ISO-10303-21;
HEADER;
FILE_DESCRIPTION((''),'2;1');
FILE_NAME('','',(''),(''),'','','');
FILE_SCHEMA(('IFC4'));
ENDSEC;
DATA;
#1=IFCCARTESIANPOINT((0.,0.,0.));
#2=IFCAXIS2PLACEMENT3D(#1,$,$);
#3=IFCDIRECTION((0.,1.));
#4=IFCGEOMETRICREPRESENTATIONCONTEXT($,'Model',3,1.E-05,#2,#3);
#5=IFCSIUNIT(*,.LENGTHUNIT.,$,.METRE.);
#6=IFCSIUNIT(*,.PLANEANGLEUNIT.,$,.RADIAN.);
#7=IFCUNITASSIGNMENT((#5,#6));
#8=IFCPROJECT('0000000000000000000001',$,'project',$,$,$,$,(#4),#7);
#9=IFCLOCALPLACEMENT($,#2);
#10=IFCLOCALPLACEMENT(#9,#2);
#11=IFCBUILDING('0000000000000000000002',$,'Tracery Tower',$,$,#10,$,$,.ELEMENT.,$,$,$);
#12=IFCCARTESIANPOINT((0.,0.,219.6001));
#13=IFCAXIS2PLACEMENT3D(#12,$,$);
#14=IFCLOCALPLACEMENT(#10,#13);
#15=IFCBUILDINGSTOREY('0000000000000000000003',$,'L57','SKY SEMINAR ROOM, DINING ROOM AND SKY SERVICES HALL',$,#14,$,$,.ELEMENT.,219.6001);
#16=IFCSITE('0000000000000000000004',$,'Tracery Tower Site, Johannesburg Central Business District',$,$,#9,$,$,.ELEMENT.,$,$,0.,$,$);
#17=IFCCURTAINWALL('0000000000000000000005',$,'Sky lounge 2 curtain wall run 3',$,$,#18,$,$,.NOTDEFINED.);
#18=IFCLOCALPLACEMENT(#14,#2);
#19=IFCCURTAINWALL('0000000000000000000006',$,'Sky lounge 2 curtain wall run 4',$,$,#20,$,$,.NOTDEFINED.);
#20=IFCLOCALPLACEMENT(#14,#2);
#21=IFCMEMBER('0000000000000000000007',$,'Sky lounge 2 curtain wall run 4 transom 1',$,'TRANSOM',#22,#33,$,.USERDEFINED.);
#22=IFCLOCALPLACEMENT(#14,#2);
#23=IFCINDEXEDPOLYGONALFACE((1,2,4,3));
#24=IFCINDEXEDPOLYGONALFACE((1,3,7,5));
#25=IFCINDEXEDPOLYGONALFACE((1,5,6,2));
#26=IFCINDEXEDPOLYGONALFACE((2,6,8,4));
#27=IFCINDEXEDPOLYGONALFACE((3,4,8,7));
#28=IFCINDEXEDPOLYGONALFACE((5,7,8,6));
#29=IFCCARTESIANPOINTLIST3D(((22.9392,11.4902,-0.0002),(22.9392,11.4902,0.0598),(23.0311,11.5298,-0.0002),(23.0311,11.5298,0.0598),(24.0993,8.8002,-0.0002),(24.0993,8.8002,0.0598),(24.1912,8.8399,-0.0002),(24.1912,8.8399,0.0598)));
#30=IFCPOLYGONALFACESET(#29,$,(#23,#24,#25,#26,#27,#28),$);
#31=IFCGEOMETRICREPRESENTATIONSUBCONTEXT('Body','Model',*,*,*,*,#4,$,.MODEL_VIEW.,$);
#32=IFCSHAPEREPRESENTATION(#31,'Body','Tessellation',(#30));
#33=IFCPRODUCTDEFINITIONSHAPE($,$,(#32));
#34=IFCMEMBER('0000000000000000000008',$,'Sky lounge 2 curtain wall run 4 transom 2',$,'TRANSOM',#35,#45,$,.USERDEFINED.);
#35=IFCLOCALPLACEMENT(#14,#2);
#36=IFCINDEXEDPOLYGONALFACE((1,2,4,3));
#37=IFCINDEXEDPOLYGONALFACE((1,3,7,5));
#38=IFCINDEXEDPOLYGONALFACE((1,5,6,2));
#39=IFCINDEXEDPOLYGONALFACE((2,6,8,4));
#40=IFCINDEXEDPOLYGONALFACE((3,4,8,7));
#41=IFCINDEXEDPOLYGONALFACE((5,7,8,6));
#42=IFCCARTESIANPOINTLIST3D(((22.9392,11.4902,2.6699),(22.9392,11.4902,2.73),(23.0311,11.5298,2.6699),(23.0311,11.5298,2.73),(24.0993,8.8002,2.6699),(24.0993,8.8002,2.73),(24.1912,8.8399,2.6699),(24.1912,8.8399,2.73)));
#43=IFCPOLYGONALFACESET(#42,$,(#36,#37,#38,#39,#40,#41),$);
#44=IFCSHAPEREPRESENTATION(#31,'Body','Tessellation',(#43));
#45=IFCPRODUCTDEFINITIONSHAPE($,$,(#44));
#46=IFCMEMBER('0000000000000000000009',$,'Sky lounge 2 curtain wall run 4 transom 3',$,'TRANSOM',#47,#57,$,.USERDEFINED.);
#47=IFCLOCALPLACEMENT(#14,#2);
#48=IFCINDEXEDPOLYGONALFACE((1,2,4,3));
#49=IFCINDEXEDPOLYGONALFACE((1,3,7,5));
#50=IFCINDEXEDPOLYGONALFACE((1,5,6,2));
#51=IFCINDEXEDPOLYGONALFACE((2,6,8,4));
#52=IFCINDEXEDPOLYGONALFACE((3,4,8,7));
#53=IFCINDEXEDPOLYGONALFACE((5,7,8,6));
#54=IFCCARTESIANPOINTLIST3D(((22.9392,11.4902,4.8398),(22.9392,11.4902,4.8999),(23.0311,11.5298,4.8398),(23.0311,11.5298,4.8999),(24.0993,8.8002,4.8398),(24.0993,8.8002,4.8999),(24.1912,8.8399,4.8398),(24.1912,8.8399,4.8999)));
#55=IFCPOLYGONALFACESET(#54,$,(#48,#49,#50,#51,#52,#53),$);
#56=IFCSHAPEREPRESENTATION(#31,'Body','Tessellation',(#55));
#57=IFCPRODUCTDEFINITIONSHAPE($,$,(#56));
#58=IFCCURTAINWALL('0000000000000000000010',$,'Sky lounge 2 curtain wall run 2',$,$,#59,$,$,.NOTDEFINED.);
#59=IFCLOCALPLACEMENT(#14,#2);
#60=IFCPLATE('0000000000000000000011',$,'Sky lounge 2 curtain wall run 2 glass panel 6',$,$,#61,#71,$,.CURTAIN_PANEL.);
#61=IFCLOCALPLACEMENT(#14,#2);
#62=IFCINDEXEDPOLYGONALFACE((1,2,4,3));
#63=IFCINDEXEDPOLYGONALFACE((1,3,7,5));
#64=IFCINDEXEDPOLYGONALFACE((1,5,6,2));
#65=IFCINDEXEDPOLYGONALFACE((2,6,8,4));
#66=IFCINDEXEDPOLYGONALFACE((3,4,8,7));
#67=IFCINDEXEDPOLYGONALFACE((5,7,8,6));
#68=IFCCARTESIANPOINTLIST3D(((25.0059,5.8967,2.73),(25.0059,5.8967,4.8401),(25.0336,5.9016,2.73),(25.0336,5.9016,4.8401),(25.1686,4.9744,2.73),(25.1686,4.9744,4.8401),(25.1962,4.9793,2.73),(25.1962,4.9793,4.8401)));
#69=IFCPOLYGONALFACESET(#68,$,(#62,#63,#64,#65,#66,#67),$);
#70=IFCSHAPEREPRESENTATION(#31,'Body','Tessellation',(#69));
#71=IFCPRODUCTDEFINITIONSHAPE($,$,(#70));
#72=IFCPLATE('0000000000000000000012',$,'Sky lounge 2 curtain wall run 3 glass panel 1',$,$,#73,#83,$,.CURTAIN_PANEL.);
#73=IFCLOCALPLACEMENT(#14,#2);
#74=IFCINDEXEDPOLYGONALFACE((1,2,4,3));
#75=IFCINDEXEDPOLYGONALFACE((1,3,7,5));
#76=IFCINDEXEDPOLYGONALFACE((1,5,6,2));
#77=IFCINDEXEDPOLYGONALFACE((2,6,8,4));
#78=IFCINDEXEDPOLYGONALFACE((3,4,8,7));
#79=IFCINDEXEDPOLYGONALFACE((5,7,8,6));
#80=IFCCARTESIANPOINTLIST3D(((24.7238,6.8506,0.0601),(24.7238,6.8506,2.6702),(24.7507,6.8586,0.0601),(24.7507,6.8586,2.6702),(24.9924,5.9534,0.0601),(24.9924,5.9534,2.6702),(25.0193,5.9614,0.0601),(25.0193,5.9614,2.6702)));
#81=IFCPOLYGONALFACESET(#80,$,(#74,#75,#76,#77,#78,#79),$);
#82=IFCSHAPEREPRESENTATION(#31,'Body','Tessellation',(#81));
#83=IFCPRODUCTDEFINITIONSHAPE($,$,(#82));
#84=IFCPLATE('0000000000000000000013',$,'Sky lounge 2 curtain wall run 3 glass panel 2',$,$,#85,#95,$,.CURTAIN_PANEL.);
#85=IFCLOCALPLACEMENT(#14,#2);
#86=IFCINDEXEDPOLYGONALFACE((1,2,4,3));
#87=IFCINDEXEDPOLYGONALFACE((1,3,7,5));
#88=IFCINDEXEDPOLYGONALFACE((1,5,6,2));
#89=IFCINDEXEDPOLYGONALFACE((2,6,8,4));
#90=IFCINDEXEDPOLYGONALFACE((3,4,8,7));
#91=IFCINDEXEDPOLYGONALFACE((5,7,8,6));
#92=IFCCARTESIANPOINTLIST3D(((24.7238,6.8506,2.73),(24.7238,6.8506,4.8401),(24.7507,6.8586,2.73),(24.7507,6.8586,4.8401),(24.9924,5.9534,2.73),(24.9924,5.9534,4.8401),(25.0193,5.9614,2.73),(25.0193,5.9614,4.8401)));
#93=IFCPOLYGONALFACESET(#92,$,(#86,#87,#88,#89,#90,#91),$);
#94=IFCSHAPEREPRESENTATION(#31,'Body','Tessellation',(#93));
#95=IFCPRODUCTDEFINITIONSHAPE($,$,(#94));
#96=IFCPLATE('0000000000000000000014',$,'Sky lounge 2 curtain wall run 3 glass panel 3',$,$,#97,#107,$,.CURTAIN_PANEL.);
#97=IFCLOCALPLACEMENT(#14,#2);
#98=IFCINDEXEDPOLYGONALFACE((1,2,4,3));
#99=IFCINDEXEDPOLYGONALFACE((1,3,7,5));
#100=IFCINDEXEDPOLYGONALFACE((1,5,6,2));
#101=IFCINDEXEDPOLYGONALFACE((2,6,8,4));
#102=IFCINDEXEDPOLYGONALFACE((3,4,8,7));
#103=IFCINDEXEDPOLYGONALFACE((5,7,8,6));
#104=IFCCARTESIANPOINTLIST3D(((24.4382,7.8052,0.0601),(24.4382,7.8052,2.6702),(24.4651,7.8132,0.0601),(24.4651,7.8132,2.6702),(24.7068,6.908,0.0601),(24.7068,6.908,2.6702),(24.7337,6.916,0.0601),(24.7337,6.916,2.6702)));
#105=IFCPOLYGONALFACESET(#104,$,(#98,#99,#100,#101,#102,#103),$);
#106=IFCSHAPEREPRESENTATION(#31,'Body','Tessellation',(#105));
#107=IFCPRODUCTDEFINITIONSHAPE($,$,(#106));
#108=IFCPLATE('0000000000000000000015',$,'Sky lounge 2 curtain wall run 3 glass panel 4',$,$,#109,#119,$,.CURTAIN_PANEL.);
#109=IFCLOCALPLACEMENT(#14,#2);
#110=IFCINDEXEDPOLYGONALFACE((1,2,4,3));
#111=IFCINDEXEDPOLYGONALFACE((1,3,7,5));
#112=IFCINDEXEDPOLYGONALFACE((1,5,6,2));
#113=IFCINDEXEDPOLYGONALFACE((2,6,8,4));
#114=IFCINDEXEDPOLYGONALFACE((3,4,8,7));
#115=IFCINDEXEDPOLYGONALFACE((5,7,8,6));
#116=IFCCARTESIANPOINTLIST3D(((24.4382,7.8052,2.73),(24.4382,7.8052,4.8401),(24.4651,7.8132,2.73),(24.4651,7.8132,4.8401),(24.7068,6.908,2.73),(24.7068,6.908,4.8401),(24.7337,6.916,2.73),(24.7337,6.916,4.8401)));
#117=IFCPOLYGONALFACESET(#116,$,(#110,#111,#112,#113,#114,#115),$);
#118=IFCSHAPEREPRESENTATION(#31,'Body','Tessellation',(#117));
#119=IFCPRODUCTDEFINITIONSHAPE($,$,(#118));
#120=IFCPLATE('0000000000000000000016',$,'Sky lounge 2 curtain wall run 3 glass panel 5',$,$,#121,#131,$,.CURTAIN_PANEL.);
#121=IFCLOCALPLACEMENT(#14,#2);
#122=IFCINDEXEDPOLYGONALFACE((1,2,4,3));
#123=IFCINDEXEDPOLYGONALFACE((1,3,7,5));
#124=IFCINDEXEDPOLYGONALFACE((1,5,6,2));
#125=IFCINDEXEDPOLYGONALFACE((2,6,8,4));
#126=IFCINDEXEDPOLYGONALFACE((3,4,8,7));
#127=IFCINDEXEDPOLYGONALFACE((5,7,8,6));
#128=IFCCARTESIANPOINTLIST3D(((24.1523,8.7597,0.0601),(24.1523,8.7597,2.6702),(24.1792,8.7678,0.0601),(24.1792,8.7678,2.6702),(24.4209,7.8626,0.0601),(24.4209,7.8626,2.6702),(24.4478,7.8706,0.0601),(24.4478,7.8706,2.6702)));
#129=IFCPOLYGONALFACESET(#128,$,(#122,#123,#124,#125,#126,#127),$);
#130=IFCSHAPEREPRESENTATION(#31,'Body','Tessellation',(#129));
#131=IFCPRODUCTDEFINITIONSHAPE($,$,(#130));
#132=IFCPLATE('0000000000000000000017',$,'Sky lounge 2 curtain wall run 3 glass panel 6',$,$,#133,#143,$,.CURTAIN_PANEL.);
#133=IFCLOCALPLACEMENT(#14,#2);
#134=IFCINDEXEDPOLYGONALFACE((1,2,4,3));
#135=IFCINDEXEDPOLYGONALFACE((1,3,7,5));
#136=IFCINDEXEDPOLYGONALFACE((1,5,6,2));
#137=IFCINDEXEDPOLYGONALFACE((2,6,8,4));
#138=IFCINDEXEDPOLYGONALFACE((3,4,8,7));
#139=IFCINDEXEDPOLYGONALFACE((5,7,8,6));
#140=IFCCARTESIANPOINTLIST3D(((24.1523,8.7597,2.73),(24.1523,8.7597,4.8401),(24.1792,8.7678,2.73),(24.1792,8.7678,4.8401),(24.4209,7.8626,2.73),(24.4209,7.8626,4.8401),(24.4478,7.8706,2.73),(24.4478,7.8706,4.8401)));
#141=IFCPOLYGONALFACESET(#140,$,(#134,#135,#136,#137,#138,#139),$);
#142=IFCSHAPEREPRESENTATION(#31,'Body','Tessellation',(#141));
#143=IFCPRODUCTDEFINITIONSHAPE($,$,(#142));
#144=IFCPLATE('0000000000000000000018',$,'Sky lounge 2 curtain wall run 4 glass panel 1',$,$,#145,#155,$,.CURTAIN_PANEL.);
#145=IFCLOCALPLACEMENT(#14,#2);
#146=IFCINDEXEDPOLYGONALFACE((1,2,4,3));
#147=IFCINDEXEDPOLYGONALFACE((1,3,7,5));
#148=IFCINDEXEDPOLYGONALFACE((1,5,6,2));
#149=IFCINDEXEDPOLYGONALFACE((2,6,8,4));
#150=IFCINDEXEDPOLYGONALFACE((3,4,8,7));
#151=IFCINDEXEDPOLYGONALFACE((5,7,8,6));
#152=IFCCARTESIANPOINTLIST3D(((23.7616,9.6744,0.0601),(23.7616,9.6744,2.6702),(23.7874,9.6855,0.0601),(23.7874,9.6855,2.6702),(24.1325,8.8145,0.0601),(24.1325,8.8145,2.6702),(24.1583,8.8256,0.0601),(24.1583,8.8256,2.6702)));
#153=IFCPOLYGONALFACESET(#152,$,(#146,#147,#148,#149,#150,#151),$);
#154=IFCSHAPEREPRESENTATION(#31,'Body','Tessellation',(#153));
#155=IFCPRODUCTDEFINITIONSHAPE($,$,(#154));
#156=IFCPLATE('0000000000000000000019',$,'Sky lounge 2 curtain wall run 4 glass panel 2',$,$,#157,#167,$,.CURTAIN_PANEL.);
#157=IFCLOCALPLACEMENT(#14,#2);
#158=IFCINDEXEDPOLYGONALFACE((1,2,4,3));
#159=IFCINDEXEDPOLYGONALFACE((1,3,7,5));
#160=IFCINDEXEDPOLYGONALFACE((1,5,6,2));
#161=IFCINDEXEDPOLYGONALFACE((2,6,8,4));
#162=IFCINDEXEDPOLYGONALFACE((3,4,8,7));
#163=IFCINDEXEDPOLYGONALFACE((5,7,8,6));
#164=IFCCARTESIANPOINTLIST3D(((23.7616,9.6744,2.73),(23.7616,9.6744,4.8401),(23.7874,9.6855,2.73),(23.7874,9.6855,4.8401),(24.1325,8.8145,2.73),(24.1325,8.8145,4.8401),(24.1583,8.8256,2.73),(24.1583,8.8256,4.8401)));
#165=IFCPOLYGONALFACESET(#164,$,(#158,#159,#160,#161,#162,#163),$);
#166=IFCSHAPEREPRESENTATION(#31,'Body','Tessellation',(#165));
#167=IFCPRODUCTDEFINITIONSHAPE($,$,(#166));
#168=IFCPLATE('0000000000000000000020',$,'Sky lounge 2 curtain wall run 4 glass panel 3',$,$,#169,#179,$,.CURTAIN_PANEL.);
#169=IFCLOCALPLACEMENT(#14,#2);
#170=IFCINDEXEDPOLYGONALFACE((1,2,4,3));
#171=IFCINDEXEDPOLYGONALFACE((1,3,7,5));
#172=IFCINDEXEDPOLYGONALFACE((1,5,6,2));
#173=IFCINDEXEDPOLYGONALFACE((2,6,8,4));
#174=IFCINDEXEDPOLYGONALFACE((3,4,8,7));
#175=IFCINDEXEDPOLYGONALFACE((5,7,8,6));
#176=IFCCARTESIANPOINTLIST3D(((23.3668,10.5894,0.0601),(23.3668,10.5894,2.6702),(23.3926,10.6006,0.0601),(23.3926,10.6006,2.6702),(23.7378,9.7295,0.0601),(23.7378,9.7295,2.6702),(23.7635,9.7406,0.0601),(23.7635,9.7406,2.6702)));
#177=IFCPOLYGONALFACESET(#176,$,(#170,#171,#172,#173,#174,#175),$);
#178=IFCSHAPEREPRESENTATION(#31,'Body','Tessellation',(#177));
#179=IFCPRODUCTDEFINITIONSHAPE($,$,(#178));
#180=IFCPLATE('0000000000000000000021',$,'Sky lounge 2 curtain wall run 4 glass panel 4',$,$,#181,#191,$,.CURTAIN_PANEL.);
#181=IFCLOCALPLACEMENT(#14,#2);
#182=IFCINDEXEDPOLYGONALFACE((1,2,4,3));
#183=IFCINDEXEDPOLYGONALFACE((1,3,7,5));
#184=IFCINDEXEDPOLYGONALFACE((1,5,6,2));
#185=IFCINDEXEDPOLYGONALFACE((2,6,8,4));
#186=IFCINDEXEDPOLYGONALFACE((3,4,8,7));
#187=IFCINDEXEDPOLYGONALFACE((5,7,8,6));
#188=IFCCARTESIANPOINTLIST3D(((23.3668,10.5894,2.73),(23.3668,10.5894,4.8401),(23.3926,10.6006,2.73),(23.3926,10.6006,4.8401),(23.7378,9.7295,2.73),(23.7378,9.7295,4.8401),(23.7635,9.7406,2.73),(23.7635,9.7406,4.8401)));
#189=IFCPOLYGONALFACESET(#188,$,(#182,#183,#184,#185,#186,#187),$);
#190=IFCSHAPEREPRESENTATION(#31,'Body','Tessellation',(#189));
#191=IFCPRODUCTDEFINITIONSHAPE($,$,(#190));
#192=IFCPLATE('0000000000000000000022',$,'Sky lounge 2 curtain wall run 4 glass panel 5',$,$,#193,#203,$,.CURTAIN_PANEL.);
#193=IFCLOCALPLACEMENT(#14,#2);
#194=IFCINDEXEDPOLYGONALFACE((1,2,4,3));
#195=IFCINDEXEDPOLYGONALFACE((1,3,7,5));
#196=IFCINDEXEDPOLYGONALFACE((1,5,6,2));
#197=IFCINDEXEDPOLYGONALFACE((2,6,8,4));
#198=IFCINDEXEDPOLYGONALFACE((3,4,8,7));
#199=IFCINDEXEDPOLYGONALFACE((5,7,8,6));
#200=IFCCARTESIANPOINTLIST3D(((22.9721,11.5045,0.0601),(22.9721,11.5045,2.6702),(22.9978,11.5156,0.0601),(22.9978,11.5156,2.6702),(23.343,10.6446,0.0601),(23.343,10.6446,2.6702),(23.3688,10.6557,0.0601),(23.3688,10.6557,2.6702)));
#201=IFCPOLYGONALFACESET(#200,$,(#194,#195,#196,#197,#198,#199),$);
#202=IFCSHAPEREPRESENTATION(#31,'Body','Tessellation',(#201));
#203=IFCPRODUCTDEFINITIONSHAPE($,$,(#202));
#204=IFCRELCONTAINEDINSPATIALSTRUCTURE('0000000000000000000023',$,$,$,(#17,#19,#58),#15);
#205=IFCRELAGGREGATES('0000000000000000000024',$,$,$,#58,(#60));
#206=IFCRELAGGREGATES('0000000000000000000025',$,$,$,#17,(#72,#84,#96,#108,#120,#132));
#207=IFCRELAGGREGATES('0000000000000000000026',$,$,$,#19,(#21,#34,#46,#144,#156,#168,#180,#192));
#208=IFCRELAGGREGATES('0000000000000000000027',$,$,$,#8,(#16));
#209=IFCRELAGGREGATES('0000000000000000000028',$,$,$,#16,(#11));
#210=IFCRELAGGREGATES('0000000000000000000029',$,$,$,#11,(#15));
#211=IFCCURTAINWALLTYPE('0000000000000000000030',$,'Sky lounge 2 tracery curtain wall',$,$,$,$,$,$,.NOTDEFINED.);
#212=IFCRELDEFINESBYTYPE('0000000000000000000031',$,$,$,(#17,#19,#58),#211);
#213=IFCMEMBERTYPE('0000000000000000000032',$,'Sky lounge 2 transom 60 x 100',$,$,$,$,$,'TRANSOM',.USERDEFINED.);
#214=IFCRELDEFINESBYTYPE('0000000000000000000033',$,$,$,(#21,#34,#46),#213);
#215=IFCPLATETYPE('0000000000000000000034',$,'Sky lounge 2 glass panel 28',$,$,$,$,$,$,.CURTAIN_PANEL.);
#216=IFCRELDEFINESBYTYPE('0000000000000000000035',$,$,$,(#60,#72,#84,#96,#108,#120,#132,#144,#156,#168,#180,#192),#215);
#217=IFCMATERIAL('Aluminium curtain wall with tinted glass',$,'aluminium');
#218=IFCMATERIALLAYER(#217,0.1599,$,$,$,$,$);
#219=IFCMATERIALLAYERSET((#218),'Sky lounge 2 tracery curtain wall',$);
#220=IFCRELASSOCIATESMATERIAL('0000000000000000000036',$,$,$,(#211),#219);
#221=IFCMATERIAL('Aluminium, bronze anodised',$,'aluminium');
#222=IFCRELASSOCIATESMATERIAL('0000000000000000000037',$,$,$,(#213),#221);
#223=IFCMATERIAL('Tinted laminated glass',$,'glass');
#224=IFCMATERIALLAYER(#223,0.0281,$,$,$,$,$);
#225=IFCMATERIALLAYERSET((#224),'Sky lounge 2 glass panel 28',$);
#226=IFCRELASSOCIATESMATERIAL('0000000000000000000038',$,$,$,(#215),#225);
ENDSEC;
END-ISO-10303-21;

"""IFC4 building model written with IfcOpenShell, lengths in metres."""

from ifc_helpers import new_model, si_unit, direction, frame, origin, origin_2d, place, context, subcontext, project, spatial, rectangle, extrude, material, layer, layer_set, material_profile, profile_set, type_object, element, aggregate, save


model = new_model("IFC4")

# Units and contexts
model_context = context("Model", 3, precision=1e-05, world=origin(), true_north=direction((0.0, 1.0)))
body_context = subcontext(model_context, "Body", "Model", "MODEL_VIEW")
ifc_project = project(units=[si_unit("LENGTHUNIT", "METRE"), si_unit("PLANEANGLEUNIT", "RADIAN")], contexts=[model_context])

# Site, building, storey
site_placement = place(None, origin())
site = spatial("IfcSite", under=ifc_project, at=site_placement, Name="Tracery Tower Site, Johannesburg Central Business District", CompositionType="ELEMENT", RefElevation=0.0)
building_placement = place(site_placement, origin())
building = spatial("IfcBuilding", under=site, at=building_placement, Name="Tracery Tower", CompositionType="ELEMENT")
storey_placement = place(building_placement, frame((0.0, 0.0, 219.6001)))
storey = spatial("IfcBuildingStorey", under=building, at=storey_placement, Name="L57", Description="SKY SEMINAR ROOM, DINING ROOM AND SKY SERVICES HALL", CompositionType="ELEMENT", Elevation=219.6001)

# Curtain walls
ifc_material_1 = material(Name="Aluminium curtain wall with tinted glass", Category="aluminium")
ifc_layer_1 = layer(ifc_material_1, 0.1599)
ifc_layer_set_1 = layer_set([ifc_layer_1], Name="Sky lounge 2 tracery curtain wall")
curtain_wall_type = type_object("IfcCurtainWallType", Name="Sky lounge 2 tracery curtain wall", PredefinedType="NOTDEFINED", material=ifc_layer_set_1)
curtain_wall_1_placement = place(storey_placement, origin())
curtain_wall_1 = element("IfcCurtainWall", 1, at=curtain_wall_1_placement, inside=storey, type_object=curtain_wall_type, Name="Sky lounge 2 curtain wall run 3", PredefinedType="NOTDEFINED")
curtain_wall_2_placement = place(storey_placement, origin())
curtain_wall_2 = element("IfcCurtainWall", 2, at=curtain_wall_2_placement, inside=storey, type_object=curtain_wall_type, Name="Sky lounge 2 curtain wall run 4", PredefinedType="NOTDEFINED")

# Members
ifc_material_2 = material(Name="Aluminium, bronze anodised", Category="aluminium")
ifc_material_profile_1 = material_profile(ifc_material_2, rectangle(XDim=0.1001, YDim=0.0601, at=origin_2d()), Name="AL 60x100")
ifc_profile_set_1 = profile_set([ifc_material_profile_1], Name="Aluminium, bronze anodised")
member_type_1 = type_object("IfcMemberType", Name="Sky lounge 2 transom 60 x 100", ElementType="TRANSOM", PredefinedType="USERDEFINED", material=ifc_profile_set_1)
member_1_placement = place(storey_placement, frame((24.1453, 8.8201, 0.0298), z_axis=(-0.39603, 0.918237, 0.0), x_axis=(-0.918237, -0.39603, 0.0)))
member_1 = element("IfcMember", 3, at=member_1_placement, type_object=member_type_1, Name="Sky lounge 2 curtain wall run 4 transom 1", ObjectType="TRANSOM", PredefinedType="USERDEFINED", context=body_context, shape_type="SweptSolid", body=[
    extrude(rectangle(XDim=0.1001, YDim=0.0601, at=origin_2d()), origin(), (0.0, 0.0, 1.0), 2.9294),
])
member_2_placement = place(storey_placement, frame((24.1453, 8.8201, 2.7), z_axis=(-0.39603, 0.918237, 0.0), x_axis=(-0.918237, -0.39603, 0.0)))
member_2 = element("IfcMember", 4, at=member_2_placement, type_object=member_type_1, Name="Sky lounge 2 curtain wall run 4 transom 2", ObjectType="TRANSOM", PredefinedType="USERDEFINED", context=body_context, shape_type="SweptSolid", body=[
    extrude(rectangle(XDim=0.1001, YDim=0.0601, at=origin_2d()), origin(), (0.0, 0.0, 1.0), 2.9294),
])
member_3_placement = place(storey_placement, frame((24.1453, 8.8201, 4.8699), z_axis=(-0.39603, 0.918237, 0.0), x_axis=(-0.918237, -0.39603, 0.0)))
member_3 = element("IfcMember", 5, at=member_3_placement, type_object=member_type_1, Name="Sky lounge 2 curtain wall run 4 transom 3", ObjectType="TRANSOM", PredefinedType="USERDEFINED", context=body_context, shape_type="SweptSolid", body=[
    extrude(rectangle(XDim=0.1001, YDim=0.0601, at=origin_2d()), origin(), (0.0, 0.0, 1.0), 2.9294),
])

# Curtain wall, plate
curtain_wall_3_placement = place(storey_placement, origin())
curtain_wall_3 = element("IfcCurtainWall", 6, at=curtain_wall_3_placement, inside=storey, type_object=curtain_wall_type, Name="Sky lounge 2 curtain wall run 2", PredefinedType="NOTDEFINED")
ifc_material_3 = material(Name="Tinted laminated glass", Category="glass")
ifc_layer_2 = layer(ifc_material_3, 0.0281)
ifc_layer_set_2 = layer_set([ifc_layer_2], Name="Sky lounge 2 glass panel 28")
plate_type = type_object("IfcPlateType", Name="Sky lounge 2 glass panel 28", PredefinedType="CURTAIN_PANEL", material=ifc_layer_set_2)
plate_1_placement = place(storey_placement, frame((25.1011, 5.438, 2.73), z_axis=(0.0, 0.0, 1.0), x_axis=(-0.173648, 0.984808, 0.0)))
plate_1 = element("IfcPlate", 7, at=plate_1_placement, type_object=plate_type, Name="Sky lounge 2 curtain wall run 2 glass panel 6", PredefinedType="CURTAIN_PANEL", context=body_context, shape_type="SweptSolid", body=[
    extrude(rectangle(XDim=0.9365, YDim=0.0281, at=origin_2d()), origin(), (0.0, 0.0, 1.0), 2.1101),
])
aggregate(curtain_wall_3, [plate_1])

# Plates
plate_2_placement = place(storey_placement, frame((24.8716, 6.406, 0.0601), z_axis=(0.0, 0.0, 1.0), x_axis=(-0.286803, 0.95799, 0.0)))
plate_2 = element("IfcPlate", 8, at=plate_2_placement, type_object=plate_type, Name="Sky lounge 2 curtain wall run 3 glass panel 1", PredefinedType="CURTAIN_PANEL", context=body_context, shape_type="SweptSolid", body=[
    extrude(rectangle(XDim=0.9365, YDim=0.0281, at=origin_2d()), origin(), (0.0, 0.0, 1.0), 2.6101),
])
plate_3_placement = place(storey_placement, frame((24.8716, 6.406, 2.73), z_axis=(0.0, 0.0, 1.0), x_axis=(-0.286803, 0.95799, 0.0)))
plate_3 = element("IfcPlate", 9, at=plate_3_placement, type_object=plate_type, Name="Sky lounge 2 curtain wall run 3 glass panel 2", PredefinedType="CURTAIN_PANEL", context=body_context, shape_type="SweptSolid", body=[
    extrude(rectangle(XDim=0.9365, YDim=0.0281, at=origin_2d()), origin(), (0.0, 0.0, 1.0), 2.1101),
])
plate_4_placement = place(storey_placement, frame((24.5859, 7.3606, 0.0601), z_axis=(0.0, 0.0, 1.0), x_axis=(-0.286803, 0.95799, 0.0)))
plate_4 = element("IfcPlate", 10, at=plate_4_placement, type_object=plate_type, Name="Sky lounge 2 curtain wall run 3 glass panel 3", PredefinedType="CURTAIN_PANEL", context=body_context, shape_type="SweptSolid", body=[
    extrude(rectangle(XDim=0.9365, YDim=0.0281, at=origin_2d()), origin(), (0.0, 0.0, 1.0), 2.6101),
])
plate_5_placement = place(storey_placement, frame((24.5859, 7.3606, 2.73), z_axis=(0.0, 0.0, 1.0), x_axis=(-0.286803, 0.95799, 0.0)))
plate_5 = element("IfcPlate", 11, at=plate_5_placement, type_object=plate_type, Name="Sky lounge 2 curtain wall run 3 glass panel 4", PredefinedType="CURTAIN_PANEL", context=body_context, shape_type="SweptSolid", body=[
    extrude(rectangle(XDim=0.9365, YDim=0.0281, at=origin_2d()), origin(), (0.0, 0.0, 1.0), 2.1101),
])
plate_6_placement = place(storey_placement, frame((24.3, 8.3152, 0.0601), z_axis=(0.0, 0.0, 1.0), x_axis=(-0.286803, 0.95799, 0.0)))
plate_6 = element("IfcPlate", 12, at=plate_6_placement, type_object=plate_type, Name="Sky lounge 2 curtain wall run 3 glass panel 5", PredefinedType="CURTAIN_PANEL", context=body_context, shape_type="SweptSolid", body=[
    extrude(rectangle(XDim=0.9365, YDim=0.0281, at=origin_2d()), origin(), (0.0, 0.0, 1.0), 2.6101),
])
plate_7_placement = place(storey_placement, frame((24.3, 8.3152, 2.73), z_axis=(0.0, 0.0, 1.0), x_axis=(-0.286803, 0.95799, 0.0)))
plate_7 = element("IfcPlate", 13, at=plate_7_placement, type_object=plate_type, Name="Sky lounge 2 curtain wall run 3 glass panel 6", PredefinedType="CURTAIN_PANEL", context=body_context, shape_type="SweptSolid", body=[
    extrude(rectangle(XDim=0.9365, YDim=0.0281, at=origin_2d()), origin(), (0.0, 0.0, 1.0), 2.1101),
])
aggregate(curtain_wall_1, [plate_2, plate_3, plate_4, plate_5, plate_6, plate_7])
plate_8_placement = place(storey_placement, frame((23.96, 9.25, 0.0601), z_axis=(0.0, 0.0, 1.0), x_axis=(-0.39608, 0.918216, 0.0)))
plate_8 = element("IfcPlate", 14, at=plate_8_placement, type_object=plate_type, Name="Sky lounge 2 curtain wall run 4 glass panel 1", PredefinedType="CURTAIN_PANEL", context=body_context, shape_type="SweptSolid", body=[
    extrude(rectangle(XDim=0.9365, YDim=0.0281, at=origin_2d()), origin(), (0.0, 0.0, 1.0), 2.6101),
])
plate_9_placement = place(storey_placement, frame((23.96, 9.25, 2.73), z_axis=(0.0, 0.0, 1.0), x_axis=(-0.39608, 0.918216, 0.0)))
plate_9 = element("IfcPlate", 15, at=plate_9_placement, type_object=plate_type, Name="Sky lounge 2 curtain wall run 4 glass panel 2", PredefinedType="CURTAIN_PANEL", context=body_context, shape_type="SweptSolid", body=[
    extrude(rectangle(XDim=0.9365, YDim=0.0281, at=origin_2d()), origin(), (0.0, 0.0, 1.0), 2.1101),
])
plate_10_placement = place(storey_placement, frame((23.5652, 10.165, 0.0601), z_axis=(0.0, 0.0, 1.0), x_axis=(-0.39608, 0.918216, 0.0)))
plate_10 = element("IfcPlate", 16, at=plate_10_placement, type_object=plate_type, Name="Sky lounge 2 curtain wall run 4 glass panel 3", PredefinedType="CURTAIN_PANEL", context=body_context, shape_type="SweptSolid", body=[
    extrude(rectangle(XDim=0.9365, YDim=0.0281, at=origin_2d()), origin(), (0.0, 0.0, 1.0), 2.6101),
])
plate_11_placement = place(storey_placement, frame((23.5652, 10.165, 2.73), z_axis=(0.0, 0.0, 1.0), x_axis=(-0.39608, 0.918216, 0.0)))
plate_11 = element("IfcPlate", 17, at=plate_11_placement, type_object=plate_type, Name="Sky lounge 2 curtain wall run 4 glass panel 4", PredefinedType="CURTAIN_PANEL", context=body_context, shape_type="SweptSolid", body=[
    extrude(rectangle(XDim=0.9365, YDim=0.0281, at=origin_2d()), origin(), (0.0, 0.0, 1.0), 2.1101),
])
plate_12_placement = place(storey_placement, frame((23.1704, 11.0801, 0.0601), z_axis=(0.0, 0.0, 1.0), x_axis=(-0.39608, 0.918216, 0.0)))
plate_12 = element("IfcPlate", 18, at=plate_12_placement, type_object=plate_type, Name="Sky lounge 2 curtain wall run 4 glass panel 5", PredefinedType="CURTAIN_PANEL", context=body_context, shape_type="SweptSolid", body=[
    extrude(rectangle(XDim=0.9365, YDim=0.0281, at=origin_2d()), origin(), (0.0, 0.0, 1.0), 2.6101),
])
aggregate(curtain_wall_2, [member_1, member_2, member_3, plate_8, plate_9, plate_10, plate_11, plate_12])

save(model, "model.ifc")
